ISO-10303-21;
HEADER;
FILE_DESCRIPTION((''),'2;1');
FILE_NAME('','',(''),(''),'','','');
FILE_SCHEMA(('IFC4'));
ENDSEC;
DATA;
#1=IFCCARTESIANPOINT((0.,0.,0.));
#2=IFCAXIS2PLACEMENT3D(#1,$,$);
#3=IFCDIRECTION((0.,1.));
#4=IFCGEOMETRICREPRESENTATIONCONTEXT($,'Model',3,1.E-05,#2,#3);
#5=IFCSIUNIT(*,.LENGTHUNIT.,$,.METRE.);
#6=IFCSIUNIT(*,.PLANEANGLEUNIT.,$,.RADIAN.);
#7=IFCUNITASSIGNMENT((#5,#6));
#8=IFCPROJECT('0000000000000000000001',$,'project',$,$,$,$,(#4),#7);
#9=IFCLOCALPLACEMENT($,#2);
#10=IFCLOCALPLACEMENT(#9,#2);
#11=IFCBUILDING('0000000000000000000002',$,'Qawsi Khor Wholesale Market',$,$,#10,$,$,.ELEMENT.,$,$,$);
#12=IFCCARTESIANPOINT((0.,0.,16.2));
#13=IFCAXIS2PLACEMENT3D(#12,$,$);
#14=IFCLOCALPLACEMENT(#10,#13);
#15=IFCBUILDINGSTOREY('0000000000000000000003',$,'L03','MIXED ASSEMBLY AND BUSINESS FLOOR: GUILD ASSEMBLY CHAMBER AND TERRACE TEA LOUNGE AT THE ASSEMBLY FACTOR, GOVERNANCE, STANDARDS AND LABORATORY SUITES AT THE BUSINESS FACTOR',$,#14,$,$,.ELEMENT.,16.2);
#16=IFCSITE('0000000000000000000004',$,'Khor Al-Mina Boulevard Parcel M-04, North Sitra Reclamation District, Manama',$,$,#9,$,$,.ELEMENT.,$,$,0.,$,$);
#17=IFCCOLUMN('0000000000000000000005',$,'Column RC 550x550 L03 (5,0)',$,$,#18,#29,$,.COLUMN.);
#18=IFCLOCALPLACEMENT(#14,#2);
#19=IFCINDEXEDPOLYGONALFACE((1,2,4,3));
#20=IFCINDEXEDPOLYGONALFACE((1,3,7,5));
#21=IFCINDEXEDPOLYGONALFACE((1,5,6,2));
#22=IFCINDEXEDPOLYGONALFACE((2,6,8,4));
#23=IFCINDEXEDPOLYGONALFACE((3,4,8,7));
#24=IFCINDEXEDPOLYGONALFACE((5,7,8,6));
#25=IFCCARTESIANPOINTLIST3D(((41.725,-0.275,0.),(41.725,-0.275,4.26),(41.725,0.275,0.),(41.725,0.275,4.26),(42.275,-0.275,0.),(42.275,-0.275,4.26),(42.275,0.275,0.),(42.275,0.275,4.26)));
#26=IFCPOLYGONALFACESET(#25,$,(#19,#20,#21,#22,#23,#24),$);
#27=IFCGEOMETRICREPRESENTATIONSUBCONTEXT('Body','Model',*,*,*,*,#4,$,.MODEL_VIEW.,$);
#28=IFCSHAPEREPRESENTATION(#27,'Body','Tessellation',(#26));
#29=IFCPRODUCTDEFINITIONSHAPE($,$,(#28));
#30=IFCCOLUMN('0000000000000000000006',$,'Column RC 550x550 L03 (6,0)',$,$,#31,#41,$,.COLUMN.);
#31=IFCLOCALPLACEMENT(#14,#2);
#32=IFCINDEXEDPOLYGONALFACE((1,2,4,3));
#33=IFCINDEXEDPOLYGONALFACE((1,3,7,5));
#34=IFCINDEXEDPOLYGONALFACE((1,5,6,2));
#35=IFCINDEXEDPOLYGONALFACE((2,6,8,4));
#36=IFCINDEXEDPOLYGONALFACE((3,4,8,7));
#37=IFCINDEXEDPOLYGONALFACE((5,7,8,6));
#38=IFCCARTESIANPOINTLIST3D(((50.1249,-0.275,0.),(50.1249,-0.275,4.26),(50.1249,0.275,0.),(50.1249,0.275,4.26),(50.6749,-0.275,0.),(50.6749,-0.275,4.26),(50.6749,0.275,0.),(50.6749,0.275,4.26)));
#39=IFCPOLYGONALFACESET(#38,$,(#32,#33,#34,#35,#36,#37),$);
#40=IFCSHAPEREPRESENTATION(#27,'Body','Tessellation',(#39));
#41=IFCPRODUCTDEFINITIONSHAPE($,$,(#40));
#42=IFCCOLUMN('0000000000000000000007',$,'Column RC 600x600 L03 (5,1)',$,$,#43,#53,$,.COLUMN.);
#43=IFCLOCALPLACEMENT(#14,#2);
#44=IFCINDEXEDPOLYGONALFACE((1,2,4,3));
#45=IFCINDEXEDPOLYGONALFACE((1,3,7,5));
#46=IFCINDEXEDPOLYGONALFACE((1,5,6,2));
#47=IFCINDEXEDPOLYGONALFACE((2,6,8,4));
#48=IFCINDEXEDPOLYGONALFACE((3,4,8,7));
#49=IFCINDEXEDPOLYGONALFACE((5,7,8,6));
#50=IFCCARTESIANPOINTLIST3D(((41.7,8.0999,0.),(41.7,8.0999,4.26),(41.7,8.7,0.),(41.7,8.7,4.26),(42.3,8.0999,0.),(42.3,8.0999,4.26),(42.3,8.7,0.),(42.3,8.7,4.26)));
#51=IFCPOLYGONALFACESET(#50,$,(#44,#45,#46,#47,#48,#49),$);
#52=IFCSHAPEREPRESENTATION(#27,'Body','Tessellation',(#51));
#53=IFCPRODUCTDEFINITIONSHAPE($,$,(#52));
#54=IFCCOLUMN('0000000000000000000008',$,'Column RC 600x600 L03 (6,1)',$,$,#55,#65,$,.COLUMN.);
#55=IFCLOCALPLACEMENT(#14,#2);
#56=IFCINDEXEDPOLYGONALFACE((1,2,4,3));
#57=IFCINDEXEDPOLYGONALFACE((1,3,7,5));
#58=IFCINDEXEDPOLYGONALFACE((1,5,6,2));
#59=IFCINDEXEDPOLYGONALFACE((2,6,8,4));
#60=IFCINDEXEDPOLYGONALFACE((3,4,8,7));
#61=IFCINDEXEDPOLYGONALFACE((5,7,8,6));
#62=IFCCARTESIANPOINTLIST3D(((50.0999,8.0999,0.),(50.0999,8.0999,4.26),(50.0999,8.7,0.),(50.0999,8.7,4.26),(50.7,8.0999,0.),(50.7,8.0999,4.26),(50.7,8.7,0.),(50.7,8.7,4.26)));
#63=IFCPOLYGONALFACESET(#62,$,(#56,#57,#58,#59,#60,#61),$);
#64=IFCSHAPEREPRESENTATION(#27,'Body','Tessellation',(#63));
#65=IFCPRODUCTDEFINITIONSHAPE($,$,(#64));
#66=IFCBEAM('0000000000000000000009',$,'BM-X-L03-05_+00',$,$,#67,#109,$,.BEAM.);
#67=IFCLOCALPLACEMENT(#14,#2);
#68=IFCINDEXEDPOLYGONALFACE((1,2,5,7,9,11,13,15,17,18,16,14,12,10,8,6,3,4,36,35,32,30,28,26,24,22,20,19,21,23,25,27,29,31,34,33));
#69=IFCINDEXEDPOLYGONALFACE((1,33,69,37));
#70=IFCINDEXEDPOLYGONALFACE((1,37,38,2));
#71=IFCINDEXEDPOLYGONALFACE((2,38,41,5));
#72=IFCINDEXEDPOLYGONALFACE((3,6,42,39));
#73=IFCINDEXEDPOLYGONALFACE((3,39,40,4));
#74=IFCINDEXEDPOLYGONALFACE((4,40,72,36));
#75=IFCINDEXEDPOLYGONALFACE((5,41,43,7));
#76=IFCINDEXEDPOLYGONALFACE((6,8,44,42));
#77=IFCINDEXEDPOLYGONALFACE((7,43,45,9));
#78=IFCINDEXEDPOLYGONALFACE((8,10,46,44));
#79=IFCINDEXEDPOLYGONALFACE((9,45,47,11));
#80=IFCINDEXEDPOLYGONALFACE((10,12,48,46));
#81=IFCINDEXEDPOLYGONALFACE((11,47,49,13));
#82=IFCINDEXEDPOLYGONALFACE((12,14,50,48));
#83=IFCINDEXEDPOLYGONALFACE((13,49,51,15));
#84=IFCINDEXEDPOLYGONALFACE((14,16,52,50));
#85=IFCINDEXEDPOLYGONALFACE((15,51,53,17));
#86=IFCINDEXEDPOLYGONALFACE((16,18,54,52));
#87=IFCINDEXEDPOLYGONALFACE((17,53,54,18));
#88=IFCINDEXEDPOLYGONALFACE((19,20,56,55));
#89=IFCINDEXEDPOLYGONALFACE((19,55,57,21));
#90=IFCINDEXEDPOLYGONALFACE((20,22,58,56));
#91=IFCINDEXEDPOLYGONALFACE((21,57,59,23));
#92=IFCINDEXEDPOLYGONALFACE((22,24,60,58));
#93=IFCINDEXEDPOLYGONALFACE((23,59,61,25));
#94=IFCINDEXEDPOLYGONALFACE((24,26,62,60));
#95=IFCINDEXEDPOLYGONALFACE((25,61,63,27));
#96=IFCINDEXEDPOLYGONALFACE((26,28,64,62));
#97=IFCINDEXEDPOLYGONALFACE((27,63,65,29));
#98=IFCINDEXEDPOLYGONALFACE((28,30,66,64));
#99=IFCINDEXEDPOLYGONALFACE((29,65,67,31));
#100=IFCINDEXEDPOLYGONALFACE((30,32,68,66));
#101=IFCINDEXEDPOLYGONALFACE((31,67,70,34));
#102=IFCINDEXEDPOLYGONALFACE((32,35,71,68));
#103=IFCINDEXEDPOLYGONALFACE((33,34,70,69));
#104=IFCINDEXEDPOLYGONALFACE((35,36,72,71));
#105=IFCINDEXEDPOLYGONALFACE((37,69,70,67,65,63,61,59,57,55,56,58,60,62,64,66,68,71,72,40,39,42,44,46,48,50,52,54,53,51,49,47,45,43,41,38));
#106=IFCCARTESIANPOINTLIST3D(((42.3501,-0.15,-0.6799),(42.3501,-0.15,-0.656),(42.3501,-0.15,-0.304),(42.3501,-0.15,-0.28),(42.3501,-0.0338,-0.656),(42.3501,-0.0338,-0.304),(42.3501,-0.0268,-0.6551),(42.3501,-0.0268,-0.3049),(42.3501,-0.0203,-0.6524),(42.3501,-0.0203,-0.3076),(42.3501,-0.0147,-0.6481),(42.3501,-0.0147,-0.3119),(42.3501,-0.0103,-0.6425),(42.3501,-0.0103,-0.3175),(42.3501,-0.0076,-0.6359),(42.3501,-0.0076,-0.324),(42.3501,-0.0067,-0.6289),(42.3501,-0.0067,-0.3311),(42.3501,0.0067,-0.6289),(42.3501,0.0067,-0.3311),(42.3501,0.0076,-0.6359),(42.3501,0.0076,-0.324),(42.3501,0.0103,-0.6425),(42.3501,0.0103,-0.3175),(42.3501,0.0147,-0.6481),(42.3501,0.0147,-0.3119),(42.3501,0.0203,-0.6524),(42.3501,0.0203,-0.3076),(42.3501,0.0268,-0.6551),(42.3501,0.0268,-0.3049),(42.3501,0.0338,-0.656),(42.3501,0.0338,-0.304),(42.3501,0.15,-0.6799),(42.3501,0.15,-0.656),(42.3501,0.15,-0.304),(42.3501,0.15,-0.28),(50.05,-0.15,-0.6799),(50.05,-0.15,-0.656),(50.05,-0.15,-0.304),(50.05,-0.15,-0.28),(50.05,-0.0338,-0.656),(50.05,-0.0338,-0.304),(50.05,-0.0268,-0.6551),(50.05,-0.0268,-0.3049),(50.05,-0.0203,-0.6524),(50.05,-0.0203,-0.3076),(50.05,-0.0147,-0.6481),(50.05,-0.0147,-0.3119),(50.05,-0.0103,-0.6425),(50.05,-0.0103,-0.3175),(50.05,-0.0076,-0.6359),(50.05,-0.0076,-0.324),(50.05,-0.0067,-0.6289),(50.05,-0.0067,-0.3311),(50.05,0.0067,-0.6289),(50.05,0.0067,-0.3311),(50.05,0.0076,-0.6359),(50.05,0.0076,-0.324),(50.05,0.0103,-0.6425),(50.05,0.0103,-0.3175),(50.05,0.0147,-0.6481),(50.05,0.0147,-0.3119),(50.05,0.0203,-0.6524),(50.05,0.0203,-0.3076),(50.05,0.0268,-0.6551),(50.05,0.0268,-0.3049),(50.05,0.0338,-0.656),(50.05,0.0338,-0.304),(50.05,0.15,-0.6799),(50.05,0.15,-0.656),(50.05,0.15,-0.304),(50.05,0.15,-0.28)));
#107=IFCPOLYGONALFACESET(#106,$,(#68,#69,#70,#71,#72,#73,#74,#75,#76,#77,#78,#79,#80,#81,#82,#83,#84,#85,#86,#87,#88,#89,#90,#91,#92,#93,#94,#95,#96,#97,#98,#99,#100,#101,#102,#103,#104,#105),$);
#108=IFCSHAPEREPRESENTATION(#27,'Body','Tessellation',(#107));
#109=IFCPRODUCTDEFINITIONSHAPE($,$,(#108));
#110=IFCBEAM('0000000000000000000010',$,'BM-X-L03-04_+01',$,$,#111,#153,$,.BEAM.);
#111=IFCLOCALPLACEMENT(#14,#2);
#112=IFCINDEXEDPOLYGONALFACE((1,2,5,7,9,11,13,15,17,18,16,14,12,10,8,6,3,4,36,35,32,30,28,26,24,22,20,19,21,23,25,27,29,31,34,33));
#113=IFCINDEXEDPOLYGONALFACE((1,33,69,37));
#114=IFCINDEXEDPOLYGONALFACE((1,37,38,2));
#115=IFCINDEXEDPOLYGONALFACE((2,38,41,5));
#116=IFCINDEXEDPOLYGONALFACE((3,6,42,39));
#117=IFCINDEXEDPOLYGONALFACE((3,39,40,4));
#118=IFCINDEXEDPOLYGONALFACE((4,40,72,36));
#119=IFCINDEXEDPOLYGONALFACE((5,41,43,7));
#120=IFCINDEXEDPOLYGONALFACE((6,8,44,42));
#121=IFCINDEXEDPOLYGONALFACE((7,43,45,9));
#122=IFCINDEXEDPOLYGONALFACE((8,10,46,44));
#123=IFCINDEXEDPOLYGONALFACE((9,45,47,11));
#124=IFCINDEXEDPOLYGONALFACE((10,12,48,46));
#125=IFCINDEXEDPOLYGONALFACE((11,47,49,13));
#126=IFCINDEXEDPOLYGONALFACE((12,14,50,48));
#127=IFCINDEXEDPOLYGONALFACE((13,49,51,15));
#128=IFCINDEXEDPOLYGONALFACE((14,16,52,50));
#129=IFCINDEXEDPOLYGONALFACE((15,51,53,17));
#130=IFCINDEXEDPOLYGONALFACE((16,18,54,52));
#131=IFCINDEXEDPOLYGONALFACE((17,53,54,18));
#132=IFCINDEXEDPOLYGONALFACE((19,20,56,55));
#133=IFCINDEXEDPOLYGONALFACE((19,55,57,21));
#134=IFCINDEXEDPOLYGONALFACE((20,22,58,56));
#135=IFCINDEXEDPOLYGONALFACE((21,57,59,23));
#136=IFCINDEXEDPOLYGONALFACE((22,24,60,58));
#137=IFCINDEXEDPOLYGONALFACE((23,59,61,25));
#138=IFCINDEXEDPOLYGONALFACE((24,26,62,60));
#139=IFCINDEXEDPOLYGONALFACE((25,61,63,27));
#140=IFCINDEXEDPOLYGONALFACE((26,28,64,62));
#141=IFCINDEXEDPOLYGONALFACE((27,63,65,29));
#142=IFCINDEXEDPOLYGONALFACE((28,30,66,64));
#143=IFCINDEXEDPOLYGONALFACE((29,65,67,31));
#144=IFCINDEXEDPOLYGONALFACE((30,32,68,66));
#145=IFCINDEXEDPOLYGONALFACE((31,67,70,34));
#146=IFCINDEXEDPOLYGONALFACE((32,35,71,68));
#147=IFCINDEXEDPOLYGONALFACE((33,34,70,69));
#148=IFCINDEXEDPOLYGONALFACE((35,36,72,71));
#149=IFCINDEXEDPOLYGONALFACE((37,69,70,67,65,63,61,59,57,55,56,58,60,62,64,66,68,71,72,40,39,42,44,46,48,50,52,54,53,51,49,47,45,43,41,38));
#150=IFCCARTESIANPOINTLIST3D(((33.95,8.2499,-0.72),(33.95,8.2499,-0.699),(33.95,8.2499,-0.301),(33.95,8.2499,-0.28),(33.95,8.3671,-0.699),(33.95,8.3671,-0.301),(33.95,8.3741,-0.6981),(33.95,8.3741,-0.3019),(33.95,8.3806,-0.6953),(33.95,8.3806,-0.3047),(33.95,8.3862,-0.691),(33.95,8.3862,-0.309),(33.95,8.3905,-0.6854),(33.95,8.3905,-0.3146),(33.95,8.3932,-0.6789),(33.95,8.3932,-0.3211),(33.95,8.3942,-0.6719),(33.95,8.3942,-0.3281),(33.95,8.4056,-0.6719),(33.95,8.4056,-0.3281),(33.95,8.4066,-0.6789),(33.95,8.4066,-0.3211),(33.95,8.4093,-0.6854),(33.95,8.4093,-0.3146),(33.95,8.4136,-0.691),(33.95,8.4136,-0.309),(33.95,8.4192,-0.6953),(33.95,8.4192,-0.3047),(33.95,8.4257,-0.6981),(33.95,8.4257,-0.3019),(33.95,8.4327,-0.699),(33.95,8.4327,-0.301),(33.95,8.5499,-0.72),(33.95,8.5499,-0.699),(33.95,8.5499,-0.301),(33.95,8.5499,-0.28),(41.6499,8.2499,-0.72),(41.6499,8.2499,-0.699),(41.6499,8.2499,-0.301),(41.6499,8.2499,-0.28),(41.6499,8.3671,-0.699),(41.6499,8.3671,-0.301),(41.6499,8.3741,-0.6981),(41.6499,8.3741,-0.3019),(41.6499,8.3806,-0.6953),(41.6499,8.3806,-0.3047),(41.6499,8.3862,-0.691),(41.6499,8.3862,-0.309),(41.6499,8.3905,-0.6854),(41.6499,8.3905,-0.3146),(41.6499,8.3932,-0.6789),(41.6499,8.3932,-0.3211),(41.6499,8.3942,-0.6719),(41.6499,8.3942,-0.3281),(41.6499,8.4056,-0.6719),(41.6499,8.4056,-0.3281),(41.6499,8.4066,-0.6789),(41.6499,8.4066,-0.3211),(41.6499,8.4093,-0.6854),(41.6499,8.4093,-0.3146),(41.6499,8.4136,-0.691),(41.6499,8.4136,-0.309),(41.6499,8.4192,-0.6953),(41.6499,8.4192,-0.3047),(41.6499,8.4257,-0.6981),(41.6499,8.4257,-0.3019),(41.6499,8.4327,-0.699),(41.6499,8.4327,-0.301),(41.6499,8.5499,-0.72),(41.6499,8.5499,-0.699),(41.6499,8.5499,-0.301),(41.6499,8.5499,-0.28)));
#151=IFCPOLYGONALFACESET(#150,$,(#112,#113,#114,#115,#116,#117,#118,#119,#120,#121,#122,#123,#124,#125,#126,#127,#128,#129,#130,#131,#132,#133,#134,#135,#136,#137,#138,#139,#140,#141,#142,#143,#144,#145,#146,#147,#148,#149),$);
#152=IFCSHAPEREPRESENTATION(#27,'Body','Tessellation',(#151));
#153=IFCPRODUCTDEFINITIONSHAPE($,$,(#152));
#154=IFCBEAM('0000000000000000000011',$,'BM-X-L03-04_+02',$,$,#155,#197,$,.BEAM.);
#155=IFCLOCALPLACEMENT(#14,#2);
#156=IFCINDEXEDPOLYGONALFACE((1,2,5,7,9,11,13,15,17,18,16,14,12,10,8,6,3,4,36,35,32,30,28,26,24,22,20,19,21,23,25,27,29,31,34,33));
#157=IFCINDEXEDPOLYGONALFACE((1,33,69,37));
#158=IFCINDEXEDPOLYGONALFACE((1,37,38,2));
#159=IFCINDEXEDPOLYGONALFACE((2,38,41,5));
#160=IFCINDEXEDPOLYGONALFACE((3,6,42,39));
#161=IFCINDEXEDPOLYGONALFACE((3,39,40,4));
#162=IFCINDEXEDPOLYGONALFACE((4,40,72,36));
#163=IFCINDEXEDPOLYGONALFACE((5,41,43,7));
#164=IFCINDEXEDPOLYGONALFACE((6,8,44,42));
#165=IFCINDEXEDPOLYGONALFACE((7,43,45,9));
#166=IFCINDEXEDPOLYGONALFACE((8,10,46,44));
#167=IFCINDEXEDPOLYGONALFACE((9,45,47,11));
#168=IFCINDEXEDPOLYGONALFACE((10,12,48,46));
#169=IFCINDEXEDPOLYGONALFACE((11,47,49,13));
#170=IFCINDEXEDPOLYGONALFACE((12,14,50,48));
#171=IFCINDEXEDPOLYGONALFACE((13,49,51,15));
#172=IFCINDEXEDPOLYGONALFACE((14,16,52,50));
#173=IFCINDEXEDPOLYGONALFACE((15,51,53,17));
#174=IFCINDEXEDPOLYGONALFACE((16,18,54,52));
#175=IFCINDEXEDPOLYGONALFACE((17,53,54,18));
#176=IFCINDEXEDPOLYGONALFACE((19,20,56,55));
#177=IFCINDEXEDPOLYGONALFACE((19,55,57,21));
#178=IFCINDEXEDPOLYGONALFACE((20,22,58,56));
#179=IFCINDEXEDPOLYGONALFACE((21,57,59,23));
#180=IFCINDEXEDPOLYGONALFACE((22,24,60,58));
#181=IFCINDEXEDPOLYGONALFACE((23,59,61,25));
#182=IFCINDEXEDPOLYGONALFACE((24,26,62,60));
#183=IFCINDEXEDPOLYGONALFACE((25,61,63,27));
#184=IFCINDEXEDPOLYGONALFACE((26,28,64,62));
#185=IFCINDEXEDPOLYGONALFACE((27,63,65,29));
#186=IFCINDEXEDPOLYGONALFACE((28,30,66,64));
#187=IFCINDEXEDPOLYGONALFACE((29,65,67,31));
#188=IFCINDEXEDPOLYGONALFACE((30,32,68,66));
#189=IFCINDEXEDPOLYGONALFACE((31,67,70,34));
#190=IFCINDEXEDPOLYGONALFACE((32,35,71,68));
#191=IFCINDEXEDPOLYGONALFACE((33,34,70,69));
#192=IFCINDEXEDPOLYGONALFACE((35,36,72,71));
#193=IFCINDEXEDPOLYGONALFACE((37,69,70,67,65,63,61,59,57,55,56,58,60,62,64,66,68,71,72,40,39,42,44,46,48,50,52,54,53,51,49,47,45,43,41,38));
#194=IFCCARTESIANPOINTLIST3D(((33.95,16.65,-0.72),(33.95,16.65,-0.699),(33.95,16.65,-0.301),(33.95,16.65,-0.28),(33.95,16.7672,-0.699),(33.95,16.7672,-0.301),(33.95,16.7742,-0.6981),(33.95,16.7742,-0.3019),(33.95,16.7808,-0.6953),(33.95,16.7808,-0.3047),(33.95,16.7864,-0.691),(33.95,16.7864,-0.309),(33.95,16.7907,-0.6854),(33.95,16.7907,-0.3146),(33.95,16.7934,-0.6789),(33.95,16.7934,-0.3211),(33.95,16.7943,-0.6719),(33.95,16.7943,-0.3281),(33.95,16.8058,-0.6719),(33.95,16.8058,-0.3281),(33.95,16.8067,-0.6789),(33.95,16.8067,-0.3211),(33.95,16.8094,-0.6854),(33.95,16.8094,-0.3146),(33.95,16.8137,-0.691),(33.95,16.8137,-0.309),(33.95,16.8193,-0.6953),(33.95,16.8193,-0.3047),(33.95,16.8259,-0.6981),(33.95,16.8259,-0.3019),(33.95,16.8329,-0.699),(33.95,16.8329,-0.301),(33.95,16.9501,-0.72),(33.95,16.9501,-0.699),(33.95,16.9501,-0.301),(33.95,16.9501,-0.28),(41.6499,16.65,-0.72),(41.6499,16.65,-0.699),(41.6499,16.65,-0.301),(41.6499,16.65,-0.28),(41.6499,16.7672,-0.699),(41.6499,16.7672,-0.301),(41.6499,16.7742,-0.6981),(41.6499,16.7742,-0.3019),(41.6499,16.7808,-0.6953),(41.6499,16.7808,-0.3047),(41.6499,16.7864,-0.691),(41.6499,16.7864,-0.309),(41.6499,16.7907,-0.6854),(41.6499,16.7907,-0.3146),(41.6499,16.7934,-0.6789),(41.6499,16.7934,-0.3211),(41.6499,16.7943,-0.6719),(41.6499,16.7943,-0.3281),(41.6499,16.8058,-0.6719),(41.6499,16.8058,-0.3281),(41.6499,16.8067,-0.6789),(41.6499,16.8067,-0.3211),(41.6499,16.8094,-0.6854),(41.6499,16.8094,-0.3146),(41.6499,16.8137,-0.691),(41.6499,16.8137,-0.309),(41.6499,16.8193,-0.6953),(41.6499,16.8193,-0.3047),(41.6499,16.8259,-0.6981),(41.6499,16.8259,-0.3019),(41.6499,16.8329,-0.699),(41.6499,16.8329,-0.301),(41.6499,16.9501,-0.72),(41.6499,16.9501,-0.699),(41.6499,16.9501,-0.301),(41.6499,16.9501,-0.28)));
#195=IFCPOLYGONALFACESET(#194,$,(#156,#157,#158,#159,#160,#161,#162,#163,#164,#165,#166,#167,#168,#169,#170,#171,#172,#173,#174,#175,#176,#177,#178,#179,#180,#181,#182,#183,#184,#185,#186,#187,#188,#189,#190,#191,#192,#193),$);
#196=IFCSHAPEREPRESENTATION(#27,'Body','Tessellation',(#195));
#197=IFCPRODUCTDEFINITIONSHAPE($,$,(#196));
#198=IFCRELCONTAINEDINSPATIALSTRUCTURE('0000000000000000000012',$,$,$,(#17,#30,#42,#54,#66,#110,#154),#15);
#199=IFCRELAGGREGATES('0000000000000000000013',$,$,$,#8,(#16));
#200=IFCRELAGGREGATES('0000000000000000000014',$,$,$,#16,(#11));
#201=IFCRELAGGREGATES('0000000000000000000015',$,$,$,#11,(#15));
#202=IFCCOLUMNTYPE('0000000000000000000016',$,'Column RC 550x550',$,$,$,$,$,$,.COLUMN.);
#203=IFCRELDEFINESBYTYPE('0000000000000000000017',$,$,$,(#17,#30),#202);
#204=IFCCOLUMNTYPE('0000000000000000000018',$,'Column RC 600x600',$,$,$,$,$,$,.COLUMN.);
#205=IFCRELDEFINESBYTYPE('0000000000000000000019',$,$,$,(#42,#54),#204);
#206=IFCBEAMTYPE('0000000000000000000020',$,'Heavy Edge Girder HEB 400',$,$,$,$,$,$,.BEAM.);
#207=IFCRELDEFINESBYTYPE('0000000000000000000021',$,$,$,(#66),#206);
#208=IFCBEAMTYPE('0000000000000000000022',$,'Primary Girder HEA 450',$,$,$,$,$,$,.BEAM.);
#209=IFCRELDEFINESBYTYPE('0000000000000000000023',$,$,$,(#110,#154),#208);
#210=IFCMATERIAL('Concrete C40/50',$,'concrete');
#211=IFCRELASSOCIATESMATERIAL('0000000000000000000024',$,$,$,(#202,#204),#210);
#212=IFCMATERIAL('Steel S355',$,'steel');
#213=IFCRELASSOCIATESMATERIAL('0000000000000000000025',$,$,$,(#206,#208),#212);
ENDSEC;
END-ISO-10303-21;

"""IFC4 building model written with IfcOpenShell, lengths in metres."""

from ifc_helpers import new_model, si_unit, direction, frame, origin, origin_2d, place, context, subcontext, project, spatial, rectangle, i_section, extrude, material, material_profile, profile_set, type_object, element, save


model = new_model("IFC4")

# Units and contexts
model_context = context("Model", 3, precision=1e-05, world=origin(), true_north=direction((0.0, 1.0)))
body_context = subcontext(model_context, "Body", "Model", "MODEL_VIEW")
ifc_project = project(units=[si_unit("LENGTHUNIT", "METRE"), si_unit("PLANEANGLEUNIT", "RADIAN")], contexts=[model_context])

# Site, building, storey
site_placement = place(None, origin())
site = spatial("IfcSite", under=ifc_project, at=site_placement, Name="Khor Al-Mina Boulevard Parcel M-04, North Sitra Reclamation District, Manama", CompositionType="ELEMENT", RefElevation=0.0)
building_placement = place(site_placement, origin())
building = spatial("IfcBuilding", under=site, at=building_placement, Name="Qawsi Khor Wholesale Market", CompositionType="ELEMENT")
storey_placement = place(building_placement, frame((0.0, 0.0, 16.2)))
storey = spatial("IfcBuildingStorey", under=building, at=storey_placement, Name="L03", Description="MIXED ASSEMBLY AND BUSINESS FLOOR: GUILD ASSEMBLY CHAMBER AND TERRACE TEA LOUNGE AT THE ASSEMBLY FACTOR, GOVERNANCE, STANDARDS AND LABORATORY SUITES AT THE BUSINESS FACTOR", CompositionType="ELEMENT", Elevation=16.2)

# Columns
ifc_material_1 = material(Name="Concrete C40/50", Category="concrete")
ifc_material_profile_1 = material_profile(ifc_material_1, rectangle(XDim=0.55, YDim=0.55, at=origin_2d()), Name="RC 550x550")
ifc_profile_set_1 = profile_set([ifc_material_profile_1], Name="Concrete C40/50")
column_type_1 = type_object("IfcColumnType", Name="Column RC 550x550", PredefinedType="COLUMN", material=ifc_profile_set_1)
for number, where, z_axis, x_axis, name in (
    (1, (42.0, 0.0, 0.0), (0.0, 0.0, 1.0), (1.0, 0.0, 0.0), "Column RC 550x550 L03 (5,0)"),
    (2, (50.3999, 0.0, 0.0), (0.0, 0.0, 1.0), (1.0, 0.0, 0.0), "Column RC 550x550 L03 (6,0)"),
):
    element("IfcColumn", number, at=place(storey_placement, frame(where, z_axis=z_axis, x_axis=x_axis)), inside=storey, type_object=column_type_1, Name=name, PredefinedType="COLUMN", context=body_context, shape_type="SweptSolid", body=[
        extrude(rectangle(XDim=0.55, YDim=0.55, at=origin_2d()), origin(), (0.0, 0.0, 1.0), 4.26),
    ])
ifc_material_profile_2 = material_profile(ifc_material_1, rectangle(XDim=0.6001, YDim=0.6001, at=origin_2d()), Name="RC 600x600")
ifc_profile_set_2 = profile_set([ifc_material_profile_2], Name="Concrete C40/50")
column_type_2 = type_object("IfcColumnType", Name="Column RC 600x600", PredefinedType="COLUMN", material=ifc_profile_set_2)
for number, where, z_axis, x_axis, name in (
    (3, (42.0, 8.3999, 0.0), (0.0, 0.0, 1.0), (1.0, 0.0, 0.0), "Column RC 600x600 L03 (5,1)"),
    (4, (50.3999, 8.3999, 0.0), (0.0, 0.0, 1.0), (1.0, 0.0, 0.0), "Column RC 600x600 L03 (6,1)"),
):
    element("IfcColumn", number, at=place(storey_placement, frame(where, z_axis=z_axis, x_axis=x_axis)), inside=storey, type_object=column_type_2, Name=name, PredefinedType="COLUMN", context=body_context, shape_type="SweptSolid", body=[
        extrude(rectangle(XDim=0.6001, YDim=0.6001, at=origin_2d()), origin(), (0.0, 0.0, 1.0), 4.26),
    ])

# Beams
ifc_material_2 = material(Name="Steel S355", Category="steel")
ifc_material_profile_3 = material_profile(ifc_material_2, i_section(OverallWidth=0.3, OverallDepth=0.3999, WebThickness=0.0134, FlangeThickness=0.0239, FilletRadius=0.0271, at=origin_2d()), Name="HEB 400")
ifc_profile_set_3 = profile_set([ifc_material_profile_3], Name="Steel S355")
beam_type_1 = type_object("IfcBeamType", Name="Heavy Edge Girder HEB 400", PredefinedType="BEAM", material=ifc_profile_set_3)
beam_placement = place(storey_placement, frame((42.3501, 0.0, -0.48), z_axis=(1.0, 0.0, 0.0), x_axis=(0.0, 1.0, 0.0)))
element("IfcBeam", 5, at=beam_placement, inside=storey, type_object=beam_type_1, Name="BM-X-L03-05_+00", PredefinedType="BEAM", context=body_context, shape_type="SweptSolid", body=[
    extrude(i_section(OverallWidth=0.3, OverallDepth=0.3999, WebThickness=0.0134, FlangeThickness=0.0239, FilletRadius=0.0271, at=origin_2d()), origin(), (0.0, 0.0, 1.0), 7.7),
])
ifc_material_profile_4 = material_profile(ifc_material_2, i_section(OverallWidth=0.3, OverallDepth=0.4399, WebThickness=0.0115, FlangeThickness=0.021, FilletRadius=0.0271, at=origin_2d()), Name="HEA 450")
ifc_profile_set_4 = profile_set([ifc_material_profile_4], Name="Steel S355")
beam_type_2 = type_object("IfcBeamType", Name="Primary Girder HEA 450", PredefinedType="BEAM", material=ifc_profile_set_4)
for number, where, z_axis, x_axis, name in (
    (6, (33.95, 8.3999, -0.5), (1.0, 0.0, 0.0), (0.0, 1.0, 0.0), "BM-X-L03-04_+01"),
    (7, (33.95, 16.8, -0.5), (1.0, 0.0, 0.0), (0.0, 1.0, 0.0), "BM-X-L03-04_+02"),
):
    element("IfcBeam", number, at=place(storey_placement, frame(where, z_axis=z_axis, x_axis=x_axis)), inside=storey, type_object=beam_type_2, Name=name, PredefinedType="BEAM", context=body_context, shape_type="SweptSolid", body=[
        extrude(i_section(OverallWidth=0.3, OverallDepth=0.4399, WebThickness=0.0115, FlangeThickness=0.021, FilletRadius=0.0271, at=origin_2d()), origin(), (0.0, 0.0, 1.0), 7.7),
    ])

save(model, "model.ifc")
